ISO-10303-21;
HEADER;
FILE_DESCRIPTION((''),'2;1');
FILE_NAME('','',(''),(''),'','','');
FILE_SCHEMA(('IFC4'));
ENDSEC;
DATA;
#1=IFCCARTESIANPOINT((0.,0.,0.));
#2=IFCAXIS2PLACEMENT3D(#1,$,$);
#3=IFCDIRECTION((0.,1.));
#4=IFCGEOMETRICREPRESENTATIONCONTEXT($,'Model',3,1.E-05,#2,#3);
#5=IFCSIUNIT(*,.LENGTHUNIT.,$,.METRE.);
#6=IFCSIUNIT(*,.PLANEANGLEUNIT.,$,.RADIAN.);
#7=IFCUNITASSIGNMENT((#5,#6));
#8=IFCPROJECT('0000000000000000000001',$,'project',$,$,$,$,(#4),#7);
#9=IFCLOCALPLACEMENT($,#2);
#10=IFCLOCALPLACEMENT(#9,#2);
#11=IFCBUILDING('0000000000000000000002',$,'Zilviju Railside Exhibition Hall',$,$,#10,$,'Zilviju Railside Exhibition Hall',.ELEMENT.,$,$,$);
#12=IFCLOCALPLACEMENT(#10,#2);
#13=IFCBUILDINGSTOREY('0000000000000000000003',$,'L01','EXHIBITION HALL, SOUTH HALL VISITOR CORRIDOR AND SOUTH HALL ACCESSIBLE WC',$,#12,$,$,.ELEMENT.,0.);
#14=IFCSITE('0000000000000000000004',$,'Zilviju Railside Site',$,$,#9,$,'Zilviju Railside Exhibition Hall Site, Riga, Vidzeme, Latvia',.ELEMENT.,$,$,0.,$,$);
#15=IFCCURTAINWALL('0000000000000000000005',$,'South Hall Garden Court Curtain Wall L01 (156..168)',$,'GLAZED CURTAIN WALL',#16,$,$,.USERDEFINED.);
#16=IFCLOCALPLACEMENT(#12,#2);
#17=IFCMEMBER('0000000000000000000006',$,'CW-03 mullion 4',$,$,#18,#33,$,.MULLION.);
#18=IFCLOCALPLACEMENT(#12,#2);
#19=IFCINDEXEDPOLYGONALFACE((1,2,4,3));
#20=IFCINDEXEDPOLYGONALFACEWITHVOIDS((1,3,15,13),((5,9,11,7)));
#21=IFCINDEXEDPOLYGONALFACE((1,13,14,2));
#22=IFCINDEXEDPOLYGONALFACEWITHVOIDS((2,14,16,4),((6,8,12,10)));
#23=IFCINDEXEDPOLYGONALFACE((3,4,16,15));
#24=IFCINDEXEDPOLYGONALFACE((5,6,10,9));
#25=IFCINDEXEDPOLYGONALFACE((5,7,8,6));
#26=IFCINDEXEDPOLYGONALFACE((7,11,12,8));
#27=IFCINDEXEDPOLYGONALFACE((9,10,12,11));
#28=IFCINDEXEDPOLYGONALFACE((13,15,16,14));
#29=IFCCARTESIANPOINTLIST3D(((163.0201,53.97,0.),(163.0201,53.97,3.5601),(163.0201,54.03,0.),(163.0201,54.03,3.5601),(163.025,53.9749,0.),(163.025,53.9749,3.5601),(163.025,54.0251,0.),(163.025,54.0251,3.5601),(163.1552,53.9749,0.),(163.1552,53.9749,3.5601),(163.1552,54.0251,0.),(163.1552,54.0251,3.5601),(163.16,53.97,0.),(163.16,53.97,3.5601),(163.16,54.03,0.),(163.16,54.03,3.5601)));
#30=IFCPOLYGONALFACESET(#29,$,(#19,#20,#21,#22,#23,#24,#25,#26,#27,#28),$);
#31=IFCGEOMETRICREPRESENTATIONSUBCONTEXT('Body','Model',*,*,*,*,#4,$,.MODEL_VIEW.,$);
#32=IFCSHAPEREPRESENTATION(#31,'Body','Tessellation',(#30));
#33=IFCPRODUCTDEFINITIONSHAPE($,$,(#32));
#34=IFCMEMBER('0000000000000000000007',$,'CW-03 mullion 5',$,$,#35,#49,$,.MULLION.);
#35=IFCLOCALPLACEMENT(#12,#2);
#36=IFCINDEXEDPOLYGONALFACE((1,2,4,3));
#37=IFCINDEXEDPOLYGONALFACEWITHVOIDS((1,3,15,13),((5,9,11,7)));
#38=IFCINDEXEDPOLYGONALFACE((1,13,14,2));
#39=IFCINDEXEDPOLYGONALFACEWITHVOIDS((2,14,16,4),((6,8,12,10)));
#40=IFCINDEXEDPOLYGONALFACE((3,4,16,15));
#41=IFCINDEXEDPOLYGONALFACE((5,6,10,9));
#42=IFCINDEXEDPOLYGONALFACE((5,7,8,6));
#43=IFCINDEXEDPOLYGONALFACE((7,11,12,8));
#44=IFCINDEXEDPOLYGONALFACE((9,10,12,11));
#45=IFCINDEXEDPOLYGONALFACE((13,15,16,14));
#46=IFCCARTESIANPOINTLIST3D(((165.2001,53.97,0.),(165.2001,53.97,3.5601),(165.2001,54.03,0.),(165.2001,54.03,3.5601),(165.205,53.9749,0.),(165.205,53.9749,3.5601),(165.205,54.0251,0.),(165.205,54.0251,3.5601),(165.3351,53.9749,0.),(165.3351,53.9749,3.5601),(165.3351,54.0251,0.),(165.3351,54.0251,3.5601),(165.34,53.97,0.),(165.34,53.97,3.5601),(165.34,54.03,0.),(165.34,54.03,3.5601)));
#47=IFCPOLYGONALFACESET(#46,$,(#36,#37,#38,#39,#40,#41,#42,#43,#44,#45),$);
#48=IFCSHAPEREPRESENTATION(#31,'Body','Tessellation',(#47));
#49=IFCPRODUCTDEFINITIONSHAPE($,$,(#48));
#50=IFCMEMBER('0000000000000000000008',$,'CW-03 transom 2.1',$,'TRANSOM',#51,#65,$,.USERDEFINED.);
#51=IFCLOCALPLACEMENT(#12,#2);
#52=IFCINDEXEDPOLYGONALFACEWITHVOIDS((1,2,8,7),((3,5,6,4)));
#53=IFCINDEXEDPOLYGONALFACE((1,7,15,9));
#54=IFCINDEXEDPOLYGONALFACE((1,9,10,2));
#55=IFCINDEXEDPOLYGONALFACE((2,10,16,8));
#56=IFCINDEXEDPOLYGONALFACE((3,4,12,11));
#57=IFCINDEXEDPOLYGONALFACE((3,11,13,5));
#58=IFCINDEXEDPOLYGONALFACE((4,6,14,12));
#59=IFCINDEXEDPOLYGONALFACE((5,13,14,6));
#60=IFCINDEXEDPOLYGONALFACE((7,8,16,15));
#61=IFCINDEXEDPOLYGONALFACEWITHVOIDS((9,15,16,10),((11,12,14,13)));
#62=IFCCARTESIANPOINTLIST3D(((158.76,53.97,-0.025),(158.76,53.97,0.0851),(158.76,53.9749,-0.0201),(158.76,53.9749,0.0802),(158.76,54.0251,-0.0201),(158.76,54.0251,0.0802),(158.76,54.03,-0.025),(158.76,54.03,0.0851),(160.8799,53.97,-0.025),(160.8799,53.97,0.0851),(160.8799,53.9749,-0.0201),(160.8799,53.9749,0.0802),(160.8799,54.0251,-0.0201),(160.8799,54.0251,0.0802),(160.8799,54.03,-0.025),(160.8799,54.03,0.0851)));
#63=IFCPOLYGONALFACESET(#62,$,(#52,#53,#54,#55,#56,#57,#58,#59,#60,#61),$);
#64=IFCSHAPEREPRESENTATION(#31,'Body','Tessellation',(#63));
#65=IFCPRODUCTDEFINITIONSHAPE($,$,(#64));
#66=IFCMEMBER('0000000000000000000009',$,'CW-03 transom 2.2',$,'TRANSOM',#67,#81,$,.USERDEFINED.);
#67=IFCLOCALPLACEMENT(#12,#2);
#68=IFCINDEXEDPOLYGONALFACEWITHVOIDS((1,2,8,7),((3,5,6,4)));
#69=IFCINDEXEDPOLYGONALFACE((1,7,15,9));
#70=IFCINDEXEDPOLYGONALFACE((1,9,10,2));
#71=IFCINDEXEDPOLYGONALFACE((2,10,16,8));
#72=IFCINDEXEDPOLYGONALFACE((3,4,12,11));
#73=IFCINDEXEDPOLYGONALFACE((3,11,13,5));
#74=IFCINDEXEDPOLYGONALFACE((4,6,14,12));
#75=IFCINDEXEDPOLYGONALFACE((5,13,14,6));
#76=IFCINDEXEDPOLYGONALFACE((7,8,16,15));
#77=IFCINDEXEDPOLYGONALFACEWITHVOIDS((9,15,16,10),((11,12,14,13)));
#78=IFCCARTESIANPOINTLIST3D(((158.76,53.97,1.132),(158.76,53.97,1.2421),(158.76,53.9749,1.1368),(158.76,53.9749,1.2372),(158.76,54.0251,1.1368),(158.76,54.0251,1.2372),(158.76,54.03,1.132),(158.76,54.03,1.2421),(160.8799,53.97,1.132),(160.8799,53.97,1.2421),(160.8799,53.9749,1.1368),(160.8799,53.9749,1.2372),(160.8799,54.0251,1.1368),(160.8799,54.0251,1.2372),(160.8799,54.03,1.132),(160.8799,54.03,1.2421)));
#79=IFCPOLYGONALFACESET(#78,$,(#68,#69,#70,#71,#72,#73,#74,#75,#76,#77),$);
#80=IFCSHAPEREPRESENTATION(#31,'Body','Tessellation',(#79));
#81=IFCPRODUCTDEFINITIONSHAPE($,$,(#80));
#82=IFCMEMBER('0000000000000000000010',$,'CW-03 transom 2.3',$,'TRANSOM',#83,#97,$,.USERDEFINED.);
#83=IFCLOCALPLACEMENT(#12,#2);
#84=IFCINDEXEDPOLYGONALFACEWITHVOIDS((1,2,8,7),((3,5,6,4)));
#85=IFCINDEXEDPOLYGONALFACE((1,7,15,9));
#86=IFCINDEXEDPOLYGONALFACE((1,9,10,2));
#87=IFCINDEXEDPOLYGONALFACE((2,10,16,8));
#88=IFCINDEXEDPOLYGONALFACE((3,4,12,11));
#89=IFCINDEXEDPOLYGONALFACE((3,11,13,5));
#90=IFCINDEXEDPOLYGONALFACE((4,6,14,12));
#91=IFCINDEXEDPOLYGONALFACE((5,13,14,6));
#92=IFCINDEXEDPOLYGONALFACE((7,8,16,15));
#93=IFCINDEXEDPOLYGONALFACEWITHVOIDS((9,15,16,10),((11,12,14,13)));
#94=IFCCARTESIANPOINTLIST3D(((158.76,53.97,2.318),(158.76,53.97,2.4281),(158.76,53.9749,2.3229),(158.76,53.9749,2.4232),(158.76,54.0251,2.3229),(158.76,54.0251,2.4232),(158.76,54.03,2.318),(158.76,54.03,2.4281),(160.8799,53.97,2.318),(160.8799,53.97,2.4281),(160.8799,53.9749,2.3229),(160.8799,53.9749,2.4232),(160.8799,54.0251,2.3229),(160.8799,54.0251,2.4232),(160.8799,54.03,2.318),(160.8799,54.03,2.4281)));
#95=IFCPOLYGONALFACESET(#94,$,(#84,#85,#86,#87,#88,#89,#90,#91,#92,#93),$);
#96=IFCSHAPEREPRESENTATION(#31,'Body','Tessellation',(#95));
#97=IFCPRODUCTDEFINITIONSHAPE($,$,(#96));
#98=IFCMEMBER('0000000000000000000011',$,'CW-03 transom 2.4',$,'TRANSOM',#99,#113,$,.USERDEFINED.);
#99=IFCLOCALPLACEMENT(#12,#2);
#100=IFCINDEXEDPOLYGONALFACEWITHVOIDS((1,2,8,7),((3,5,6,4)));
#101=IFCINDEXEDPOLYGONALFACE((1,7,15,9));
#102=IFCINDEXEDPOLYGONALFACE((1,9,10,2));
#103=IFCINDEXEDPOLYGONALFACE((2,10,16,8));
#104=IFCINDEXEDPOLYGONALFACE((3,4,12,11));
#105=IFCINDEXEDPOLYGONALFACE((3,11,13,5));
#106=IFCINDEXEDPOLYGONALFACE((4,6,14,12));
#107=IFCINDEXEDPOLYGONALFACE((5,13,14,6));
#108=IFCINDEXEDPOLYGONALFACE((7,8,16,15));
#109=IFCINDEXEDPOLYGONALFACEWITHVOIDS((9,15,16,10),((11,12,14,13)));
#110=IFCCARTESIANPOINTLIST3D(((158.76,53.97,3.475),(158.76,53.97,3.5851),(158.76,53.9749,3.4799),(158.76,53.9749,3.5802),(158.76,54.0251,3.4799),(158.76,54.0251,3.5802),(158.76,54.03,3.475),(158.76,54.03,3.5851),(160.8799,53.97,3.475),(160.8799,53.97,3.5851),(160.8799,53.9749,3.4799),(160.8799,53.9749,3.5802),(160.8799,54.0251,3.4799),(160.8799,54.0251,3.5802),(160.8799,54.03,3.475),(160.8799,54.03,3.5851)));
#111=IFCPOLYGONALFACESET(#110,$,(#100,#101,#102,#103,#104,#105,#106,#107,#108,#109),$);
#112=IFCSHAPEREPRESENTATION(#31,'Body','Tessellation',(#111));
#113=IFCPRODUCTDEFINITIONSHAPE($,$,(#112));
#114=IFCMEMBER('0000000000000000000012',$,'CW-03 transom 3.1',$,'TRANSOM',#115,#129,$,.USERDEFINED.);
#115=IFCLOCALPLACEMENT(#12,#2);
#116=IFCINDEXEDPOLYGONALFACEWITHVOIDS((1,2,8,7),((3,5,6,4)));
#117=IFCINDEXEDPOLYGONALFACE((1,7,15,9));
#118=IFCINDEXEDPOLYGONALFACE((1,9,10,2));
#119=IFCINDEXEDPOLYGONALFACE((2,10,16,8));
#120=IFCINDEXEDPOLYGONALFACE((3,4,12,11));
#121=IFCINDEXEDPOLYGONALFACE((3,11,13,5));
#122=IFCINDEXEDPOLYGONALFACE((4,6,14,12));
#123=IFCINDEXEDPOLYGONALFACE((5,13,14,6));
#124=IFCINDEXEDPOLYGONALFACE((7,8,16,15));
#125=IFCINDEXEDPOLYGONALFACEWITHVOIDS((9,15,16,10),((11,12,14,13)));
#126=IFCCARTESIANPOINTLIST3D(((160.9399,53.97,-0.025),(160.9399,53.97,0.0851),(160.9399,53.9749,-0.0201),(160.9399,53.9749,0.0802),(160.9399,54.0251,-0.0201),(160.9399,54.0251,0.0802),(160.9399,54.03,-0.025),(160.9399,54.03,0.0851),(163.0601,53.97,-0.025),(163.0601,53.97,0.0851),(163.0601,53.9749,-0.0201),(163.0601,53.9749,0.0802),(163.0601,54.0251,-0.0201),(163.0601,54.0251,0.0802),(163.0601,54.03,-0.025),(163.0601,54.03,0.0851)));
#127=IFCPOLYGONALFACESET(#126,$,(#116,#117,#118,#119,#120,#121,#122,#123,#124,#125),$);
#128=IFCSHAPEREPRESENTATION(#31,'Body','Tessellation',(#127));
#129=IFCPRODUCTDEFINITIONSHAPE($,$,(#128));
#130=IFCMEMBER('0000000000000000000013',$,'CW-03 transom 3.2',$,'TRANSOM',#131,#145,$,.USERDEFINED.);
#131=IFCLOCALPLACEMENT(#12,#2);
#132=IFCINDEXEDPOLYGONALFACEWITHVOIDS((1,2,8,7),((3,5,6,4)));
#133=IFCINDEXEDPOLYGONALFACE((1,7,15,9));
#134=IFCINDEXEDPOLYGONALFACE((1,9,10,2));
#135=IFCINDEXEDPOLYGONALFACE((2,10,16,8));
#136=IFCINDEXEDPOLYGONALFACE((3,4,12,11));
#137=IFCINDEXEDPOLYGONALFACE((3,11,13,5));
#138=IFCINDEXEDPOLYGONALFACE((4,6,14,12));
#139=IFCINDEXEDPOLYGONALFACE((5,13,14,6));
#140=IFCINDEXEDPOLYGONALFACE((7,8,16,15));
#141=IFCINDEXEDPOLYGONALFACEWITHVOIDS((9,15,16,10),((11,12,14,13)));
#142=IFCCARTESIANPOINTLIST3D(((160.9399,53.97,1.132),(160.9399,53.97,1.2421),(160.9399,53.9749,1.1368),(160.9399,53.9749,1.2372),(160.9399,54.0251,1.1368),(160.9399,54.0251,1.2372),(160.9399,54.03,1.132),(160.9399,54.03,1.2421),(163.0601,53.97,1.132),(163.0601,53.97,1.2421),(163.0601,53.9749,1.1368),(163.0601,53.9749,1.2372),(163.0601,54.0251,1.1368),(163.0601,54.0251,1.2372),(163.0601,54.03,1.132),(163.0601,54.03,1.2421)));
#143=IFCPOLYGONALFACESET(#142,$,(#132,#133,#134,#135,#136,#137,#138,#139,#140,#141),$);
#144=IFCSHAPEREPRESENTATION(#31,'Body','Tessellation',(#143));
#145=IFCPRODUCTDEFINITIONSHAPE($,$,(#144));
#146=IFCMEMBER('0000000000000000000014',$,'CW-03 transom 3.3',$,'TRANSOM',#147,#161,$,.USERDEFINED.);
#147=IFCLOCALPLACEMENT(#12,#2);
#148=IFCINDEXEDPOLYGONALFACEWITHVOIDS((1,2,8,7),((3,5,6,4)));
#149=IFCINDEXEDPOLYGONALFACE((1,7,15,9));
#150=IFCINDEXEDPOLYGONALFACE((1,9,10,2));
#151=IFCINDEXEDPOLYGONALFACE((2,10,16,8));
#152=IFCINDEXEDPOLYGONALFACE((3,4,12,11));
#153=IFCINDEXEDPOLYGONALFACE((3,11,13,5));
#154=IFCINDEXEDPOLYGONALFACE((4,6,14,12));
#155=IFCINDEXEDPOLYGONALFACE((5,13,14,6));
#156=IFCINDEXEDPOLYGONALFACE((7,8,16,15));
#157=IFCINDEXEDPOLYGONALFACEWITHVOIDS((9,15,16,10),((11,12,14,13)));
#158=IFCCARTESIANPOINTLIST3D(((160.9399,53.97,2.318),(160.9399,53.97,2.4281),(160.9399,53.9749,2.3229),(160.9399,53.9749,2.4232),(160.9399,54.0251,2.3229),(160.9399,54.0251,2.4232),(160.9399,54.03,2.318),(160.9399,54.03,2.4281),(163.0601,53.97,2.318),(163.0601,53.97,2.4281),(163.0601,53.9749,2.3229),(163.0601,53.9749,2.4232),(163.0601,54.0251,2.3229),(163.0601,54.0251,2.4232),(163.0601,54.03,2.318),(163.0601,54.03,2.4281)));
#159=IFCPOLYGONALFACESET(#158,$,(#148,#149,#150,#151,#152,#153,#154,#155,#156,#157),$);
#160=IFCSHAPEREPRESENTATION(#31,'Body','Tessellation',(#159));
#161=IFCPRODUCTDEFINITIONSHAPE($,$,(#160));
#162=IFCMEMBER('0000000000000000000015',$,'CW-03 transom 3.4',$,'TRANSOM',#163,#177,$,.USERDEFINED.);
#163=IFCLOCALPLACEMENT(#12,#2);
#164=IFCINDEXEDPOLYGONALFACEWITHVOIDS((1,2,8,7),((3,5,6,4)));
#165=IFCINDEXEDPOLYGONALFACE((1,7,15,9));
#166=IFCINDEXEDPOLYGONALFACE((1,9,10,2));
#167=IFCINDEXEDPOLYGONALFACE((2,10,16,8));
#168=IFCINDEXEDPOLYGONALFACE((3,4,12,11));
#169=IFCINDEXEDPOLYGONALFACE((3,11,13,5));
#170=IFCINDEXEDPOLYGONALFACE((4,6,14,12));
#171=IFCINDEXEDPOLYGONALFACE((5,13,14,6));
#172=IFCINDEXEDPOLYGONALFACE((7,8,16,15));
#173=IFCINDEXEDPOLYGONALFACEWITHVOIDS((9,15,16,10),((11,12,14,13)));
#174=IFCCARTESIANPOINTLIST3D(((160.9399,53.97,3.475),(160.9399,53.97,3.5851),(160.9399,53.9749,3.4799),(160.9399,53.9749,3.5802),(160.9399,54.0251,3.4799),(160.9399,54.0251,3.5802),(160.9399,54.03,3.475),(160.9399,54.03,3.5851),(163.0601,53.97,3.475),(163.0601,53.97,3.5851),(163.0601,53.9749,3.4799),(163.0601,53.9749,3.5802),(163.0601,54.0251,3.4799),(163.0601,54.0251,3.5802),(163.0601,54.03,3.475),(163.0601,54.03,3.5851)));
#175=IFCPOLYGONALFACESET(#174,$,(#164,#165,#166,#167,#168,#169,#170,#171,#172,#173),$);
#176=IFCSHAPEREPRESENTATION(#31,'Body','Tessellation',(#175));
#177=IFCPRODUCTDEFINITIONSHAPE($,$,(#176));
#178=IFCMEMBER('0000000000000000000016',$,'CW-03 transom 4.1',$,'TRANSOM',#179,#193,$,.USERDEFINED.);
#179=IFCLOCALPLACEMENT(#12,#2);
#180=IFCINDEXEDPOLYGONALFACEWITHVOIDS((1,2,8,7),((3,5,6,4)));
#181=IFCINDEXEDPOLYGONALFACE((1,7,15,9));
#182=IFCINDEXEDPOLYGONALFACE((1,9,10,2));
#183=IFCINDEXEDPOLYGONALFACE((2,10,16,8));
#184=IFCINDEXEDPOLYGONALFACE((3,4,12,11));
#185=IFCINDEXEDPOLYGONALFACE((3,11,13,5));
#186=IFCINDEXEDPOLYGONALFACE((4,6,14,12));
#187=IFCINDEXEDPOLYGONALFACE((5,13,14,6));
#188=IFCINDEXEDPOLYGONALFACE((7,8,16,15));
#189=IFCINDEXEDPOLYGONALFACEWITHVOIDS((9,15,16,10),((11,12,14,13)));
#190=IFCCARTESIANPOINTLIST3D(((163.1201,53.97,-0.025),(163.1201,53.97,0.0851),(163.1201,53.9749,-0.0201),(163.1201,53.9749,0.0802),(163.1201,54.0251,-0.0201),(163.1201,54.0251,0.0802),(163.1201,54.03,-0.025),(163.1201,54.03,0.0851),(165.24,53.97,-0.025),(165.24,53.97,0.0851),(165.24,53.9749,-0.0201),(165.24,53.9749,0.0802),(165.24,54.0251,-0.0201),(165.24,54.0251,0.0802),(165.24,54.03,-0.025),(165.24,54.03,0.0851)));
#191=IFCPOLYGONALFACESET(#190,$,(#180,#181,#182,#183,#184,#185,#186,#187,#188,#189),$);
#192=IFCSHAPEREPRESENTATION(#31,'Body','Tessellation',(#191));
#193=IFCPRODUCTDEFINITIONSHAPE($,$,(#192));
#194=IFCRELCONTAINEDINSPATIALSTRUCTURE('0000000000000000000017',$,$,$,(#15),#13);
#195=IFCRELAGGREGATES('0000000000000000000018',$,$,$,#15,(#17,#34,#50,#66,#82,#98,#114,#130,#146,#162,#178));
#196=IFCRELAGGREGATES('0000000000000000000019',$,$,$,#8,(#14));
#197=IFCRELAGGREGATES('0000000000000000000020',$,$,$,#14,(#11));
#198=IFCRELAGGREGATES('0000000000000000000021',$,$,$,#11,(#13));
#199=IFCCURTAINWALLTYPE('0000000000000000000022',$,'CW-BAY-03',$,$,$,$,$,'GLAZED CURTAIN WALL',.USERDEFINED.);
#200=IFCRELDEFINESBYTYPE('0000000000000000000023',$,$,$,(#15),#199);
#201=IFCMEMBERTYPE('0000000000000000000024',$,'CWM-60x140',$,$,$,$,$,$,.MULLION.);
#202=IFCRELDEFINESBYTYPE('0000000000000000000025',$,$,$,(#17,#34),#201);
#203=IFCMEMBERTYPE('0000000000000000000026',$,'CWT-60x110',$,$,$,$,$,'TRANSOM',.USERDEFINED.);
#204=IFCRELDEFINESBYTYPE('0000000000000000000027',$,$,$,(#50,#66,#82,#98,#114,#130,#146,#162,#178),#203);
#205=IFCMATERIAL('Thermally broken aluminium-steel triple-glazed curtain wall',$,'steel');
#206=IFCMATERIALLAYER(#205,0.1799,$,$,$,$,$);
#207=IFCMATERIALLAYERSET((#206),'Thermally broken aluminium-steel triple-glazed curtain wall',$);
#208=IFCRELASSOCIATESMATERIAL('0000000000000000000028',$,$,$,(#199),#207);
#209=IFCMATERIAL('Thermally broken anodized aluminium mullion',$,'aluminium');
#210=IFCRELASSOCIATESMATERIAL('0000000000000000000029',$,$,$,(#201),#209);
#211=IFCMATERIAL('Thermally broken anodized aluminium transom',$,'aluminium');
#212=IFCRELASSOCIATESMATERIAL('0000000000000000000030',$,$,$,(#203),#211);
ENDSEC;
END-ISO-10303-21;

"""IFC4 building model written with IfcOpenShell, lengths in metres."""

from ifc_helpers import new_model, si_unit, direction, frame, origin, origin_2d, place, context, subcontext, project, spatial, hollow_rectangle, extrude, material, layer, layer_set, material_profile, profile_set, type_object, element, aggregate, save


model = new_model("IFC4")

# Units and contexts
model_context = context("Model", 3, precision=1e-05, world=origin(), true_north=direction((0.0, 1.0)))
body_context = subcontext(model_context, "Body", "Model", "MODEL_VIEW")
ifc_project = project(units=[si_unit("LENGTHUNIT", "METRE"), si_unit("PLANEANGLEUNIT", "RADIAN")], contexts=[model_context])

# Site, building, storey
site_placement = place(None, origin())
site = spatial("IfcSite", under=ifc_project, at=site_placement, Name="Zilviju Railside Site", LongName="Zilviju Railside Exhibition Hall Site, Riga, Vidzeme, Latvia", CompositionType="ELEMENT", RefElevation=0.0)
building_placement = place(site_placement, origin())
building = spatial("IfcBuilding", under=site, at=building_placement, Name="Zilviju Railside Exhibition Hall", LongName="Zilviju Railside Exhibition Hall", CompositionType="ELEMENT")
storey_placement = place(building_placement, origin())
storey = spatial("IfcBuildingStorey", under=building, at=storey_placement, Name="L01", Description="EXHIBITION HALL, SOUTH HALL VISITOR CORRIDOR AND SOUTH HALL ACCESSIBLE WC", CompositionType="ELEMENT", Elevation=0.0)

# Curtain wall, members
ifc_material_1 = material(Name="Thermally broken aluminium-steel triple-glazed curtain wall", Category="steel")
ifc_layer_1 = layer(ifc_material_1, 0.1799)
ifc_layer_set_1 = layer_set([ifc_layer_1], Name="Thermally broken aluminium-steel triple-glazed curtain wall")
curtain_wall_type = type_object("IfcCurtainWallType", Name="CW-BAY-03", ElementType="GLAZED CURTAIN WALL", PredefinedType="USERDEFINED", material=ifc_layer_set_1)
curtain_wall_placement = place(storey_placement, origin())
curtain_wall = element("IfcCurtainWall", 1, at=curtain_wall_placement, inside=storey, type_object=curtain_wall_type, Name="South Hall Garden Court Curtain Wall L01 (156..168)", ObjectType="GLAZED CURTAIN WALL", PredefinedType="USERDEFINED")
ifc_material_2 = material(Name="Thermally broken anodized aluminium mullion", Category="aluminium")
ifc_material_profile_1 = material_profile(ifc_material_2, hollow_rectangle(XDim=0.0601, YDim=0.1399, WallThickness=0.0049, at=origin_2d()), Name="MULLION 140x60x5")
ifc_profile_set_1 = profile_set([ifc_material_profile_1], Name="Thermally broken anodized aluminium mullion")
member_type_1 = type_object("IfcMemberType", Name="CWM-60x140", PredefinedType="MULLION", material=ifc_profile_set_1)
member_1_placement = place(storey_placement, frame((163.0901, 54.0, 0.0), z_axis=(0.0, 0.0, 1.0), x_axis=(0.0, 1.0, 0.0)))
member_1 = element("IfcMember", 2, at=member_1_placement, type_object=member_type_1, Name="CW-03 mullion 4", PredefinedType="MULLION", context=body_context, shape_type="SweptSolid", body=[
    extrude(hollow_rectangle(XDim=0.0601, YDim=0.1399, WallThickness=0.0049, at=origin_2d()), origin(), (0.0, 0.0, 1.0), 3.5601),
])
member_2_placement = place(storey_placement, frame((165.27, 54.0, 0.0), z_axis=(0.0, 0.0, 1.0), x_axis=(0.0, 1.0, 0.0)))
member_2 = element("IfcMember", 3, at=member_2_placement, type_object=member_type_1, Name="CW-03 mullion 5", PredefinedType="MULLION", context=body_context, shape_type="SweptSolid", body=[
    extrude(hollow_rectangle(XDim=0.0601, YDim=0.1399, WallThickness=0.0049, at=origin_2d()), origin(), (0.0, 0.0, 1.0), 3.5601),
])
ifc_material_3 = material(Name="Thermally broken anodized aluminium transom", Category="aluminium")
ifc_material_profile_2 = material_profile(ifc_material_3, hollow_rectangle(XDim=0.0601, YDim=0.1101, WallThickness=0.0049, at=origin_2d()), Name="TRANSOM 110x60x5")
ifc_profile_set_2 = profile_set([ifc_material_profile_2], Name="Thermally broken anodized aluminium transom")
member_type_2 = type_object("IfcMemberType", Name="CWT-60x110", ElementType="TRANSOM", PredefinedType="USERDEFINED", material=ifc_profile_set_2)
member_3_placement = place(storey_placement, frame((158.76, 54.0, 0.03), z_axis=(1.0, 0.0, 0.0), x_axis=(0.0, 1.0, 0.0)))
member_3 = element("IfcMember", 4, at=member_3_placement, type_object=member_type_2, Name="CW-03 transom 2.1", ObjectType="TRANSOM", PredefinedType="USERDEFINED", context=body_context, shape_type="SweptSolid", body=[
    extrude(hollow_rectangle(XDim=0.0601, YDim=0.1101, WallThickness=0.0049, at=origin_2d()), origin(), (0.0, 0.0, 1.0), 2.1199),
])
member_4_placement = place(storey_placement, frame((158.76, 54.0, 1.187), z_axis=(1.0, 0.0, 0.0), x_axis=(0.0, 1.0, 0.0)))
member_4 = element("IfcMember", 5, at=member_4_placement, type_object=member_type_2, Name="CW-03 transom 2.2", ObjectType="TRANSOM", PredefinedType="USERDEFINED", context=body_context, shape_type="SweptSolid", body=[
    extrude(hollow_rectangle(XDim=0.0601, YDim=0.1101, WallThickness=0.0049, at=origin_2d()), origin(), (0.0, 0.0, 1.0), 2.1199),
])
member_5_placement = place(storey_placement, frame((158.76, 54.0, 2.373), z_axis=(1.0, 0.0, 0.0), x_axis=(0.0, 1.0, 0.0)))
member_5 = element("IfcMember", 6, at=member_5_placement, type_object=member_type_2, Name="CW-03 transom 2.3", ObjectType="TRANSOM", PredefinedType="USERDEFINED", context=body_context, shape_type="SweptSolid", body=[
    extrude(hollow_rectangle(XDim=0.0601, YDim=0.1101, WallThickness=0.0049, at=origin_2d()), origin(), (0.0, 0.0, 1.0), 2.1199),
])
member_6_placement = place(storey_placement, frame((158.76, 54.0, 3.53), z_axis=(1.0, 0.0, 0.0), x_axis=(0.0, 1.0, 0.0)))
member_6 = element("IfcMember", 7, at=member_6_placement, type_object=member_type_2, Name="CW-03 transom 2.4", ObjectType="TRANSOM", PredefinedType="USERDEFINED", context=body_context, shape_type="SweptSolid", body=[
    extrude(hollow_rectangle(XDim=0.0601, YDim=0.1101, WallThickness=0.0049, at=origin_2d()), origin(), (0.0, 0.0, 1.0), 2.1199),
])
member_7_placement = place(storey_placement, frame((160.9399, 54.0, 0.03), z_axis=(1.0, 0.0, 0.0), x_axis=(0.0, 1.0, 0.0)))
member_7 = element("IfcMember", 8, at=member_7_placement, type_object=member_type_2, Name="CW-03 transom 3.1", ObjectType="TRANSOM", PredefinedType="USERDEFINED", context=body_context, shape_type="SweptSolid", body=[
    extrude(hollow_rectangle(XDim=0.0601, YDim=0.1101, WallThickness=0.0049, at=origin_2d()), origin(), (0.0, 0.0, 1.0), 2.1201),
])
member_8_placement = place(storey_placement, frame((160.9399, 54.0, 1.187), z_axis=(1.0, 0.0, 0.0), x_axis=(0.0, 1.0, 0.0)))
member_8 = element("IfcMember", 9, at=member_8_placement, type_object=member_type_2, Name="CW-03 transom 3.2", ObjectType="TRANSOM", PredefinedType="USERDEFINED", context=body_context, shape_type="SweptSolid", body=[
    extrude(hollow_rectangle(XDim=0.0601, YDim=0.1101, WallThickness=0.0049, at=origin_2d()), origin(), (0.0, 0.0, 1.0), 2.1201),
])
member_9_placement = place(storey_placement, frame((160.9399, 54.0, 2.373), z_axis=(1.0, 0.0, 0.0), x_axis=(0.0, 1.0, 0.0)))
member_9 = element("IfcMember", 10, at=member_9_placement, type_object=member_type_2, Name="CW-03 transom 3.3", ObjectType="TRANSOM", PredefinedType="USERDEFINED", context=body_context, shape_type="SweptSolid", body=[
    extrude(hollow_rectangle(XDim=0.0601, YDim=0.1101, WallThickness=0.0049, at=origin_2d()), origin(), (0.0, 0.0, 1.0), 2.1201),
])
member_10_placement = place(storey_placement, frame((160.9399, 54.0, 3.53), z_axis=(1.0, 0.0, 0.0), x_axis=(0.0, 1.0, 0.0)))
member_10 = element("IfcMember", 11, at=member_10_placement, type_object=member_type_2, Name="CW-03 transom 3.4", ObjectType="TRANSOM", PredefinedType="USERDEFINED", context=body_context, shape_type="SweptSolid", body=[
    extrude(hollow_rectangle(XDim=0.0601, YDim=0.1101, WallThickness=0.0049, at=origin_2d()), origin(), (0.0, 0.0, 1.0), 2.1201),
])
member_11_placement = place(storey_placement, frame((163.1201, 54.0, 0.03), z_axis=(1.0, 0.0, 0.0), x_axis=(0.0, 1.0, 0.0)))
member_11 = element("IfcMember", 12, at=member_11_placement, type_object=member_type_2, Name="CW-03 transom 4.1", ObjectType="TRANSOM", PredefinedType="USERDEFINED", context=body_context, shape_type="SweptSolid", body=[
    extrude(hollow_rectangle(XDim=0.0601, YDim=0.1101, WallThickness=0.0049, at=origin_2d()), origin(), (0.0, 0.0, 1.0), 2.1199),
])
aggregate(curtain_wall, [member_1, member_2, member_3, member_4, member_5, member_6, member_7, member_8, member_9, member_10, member_11])

save(model, "model.ifc")
